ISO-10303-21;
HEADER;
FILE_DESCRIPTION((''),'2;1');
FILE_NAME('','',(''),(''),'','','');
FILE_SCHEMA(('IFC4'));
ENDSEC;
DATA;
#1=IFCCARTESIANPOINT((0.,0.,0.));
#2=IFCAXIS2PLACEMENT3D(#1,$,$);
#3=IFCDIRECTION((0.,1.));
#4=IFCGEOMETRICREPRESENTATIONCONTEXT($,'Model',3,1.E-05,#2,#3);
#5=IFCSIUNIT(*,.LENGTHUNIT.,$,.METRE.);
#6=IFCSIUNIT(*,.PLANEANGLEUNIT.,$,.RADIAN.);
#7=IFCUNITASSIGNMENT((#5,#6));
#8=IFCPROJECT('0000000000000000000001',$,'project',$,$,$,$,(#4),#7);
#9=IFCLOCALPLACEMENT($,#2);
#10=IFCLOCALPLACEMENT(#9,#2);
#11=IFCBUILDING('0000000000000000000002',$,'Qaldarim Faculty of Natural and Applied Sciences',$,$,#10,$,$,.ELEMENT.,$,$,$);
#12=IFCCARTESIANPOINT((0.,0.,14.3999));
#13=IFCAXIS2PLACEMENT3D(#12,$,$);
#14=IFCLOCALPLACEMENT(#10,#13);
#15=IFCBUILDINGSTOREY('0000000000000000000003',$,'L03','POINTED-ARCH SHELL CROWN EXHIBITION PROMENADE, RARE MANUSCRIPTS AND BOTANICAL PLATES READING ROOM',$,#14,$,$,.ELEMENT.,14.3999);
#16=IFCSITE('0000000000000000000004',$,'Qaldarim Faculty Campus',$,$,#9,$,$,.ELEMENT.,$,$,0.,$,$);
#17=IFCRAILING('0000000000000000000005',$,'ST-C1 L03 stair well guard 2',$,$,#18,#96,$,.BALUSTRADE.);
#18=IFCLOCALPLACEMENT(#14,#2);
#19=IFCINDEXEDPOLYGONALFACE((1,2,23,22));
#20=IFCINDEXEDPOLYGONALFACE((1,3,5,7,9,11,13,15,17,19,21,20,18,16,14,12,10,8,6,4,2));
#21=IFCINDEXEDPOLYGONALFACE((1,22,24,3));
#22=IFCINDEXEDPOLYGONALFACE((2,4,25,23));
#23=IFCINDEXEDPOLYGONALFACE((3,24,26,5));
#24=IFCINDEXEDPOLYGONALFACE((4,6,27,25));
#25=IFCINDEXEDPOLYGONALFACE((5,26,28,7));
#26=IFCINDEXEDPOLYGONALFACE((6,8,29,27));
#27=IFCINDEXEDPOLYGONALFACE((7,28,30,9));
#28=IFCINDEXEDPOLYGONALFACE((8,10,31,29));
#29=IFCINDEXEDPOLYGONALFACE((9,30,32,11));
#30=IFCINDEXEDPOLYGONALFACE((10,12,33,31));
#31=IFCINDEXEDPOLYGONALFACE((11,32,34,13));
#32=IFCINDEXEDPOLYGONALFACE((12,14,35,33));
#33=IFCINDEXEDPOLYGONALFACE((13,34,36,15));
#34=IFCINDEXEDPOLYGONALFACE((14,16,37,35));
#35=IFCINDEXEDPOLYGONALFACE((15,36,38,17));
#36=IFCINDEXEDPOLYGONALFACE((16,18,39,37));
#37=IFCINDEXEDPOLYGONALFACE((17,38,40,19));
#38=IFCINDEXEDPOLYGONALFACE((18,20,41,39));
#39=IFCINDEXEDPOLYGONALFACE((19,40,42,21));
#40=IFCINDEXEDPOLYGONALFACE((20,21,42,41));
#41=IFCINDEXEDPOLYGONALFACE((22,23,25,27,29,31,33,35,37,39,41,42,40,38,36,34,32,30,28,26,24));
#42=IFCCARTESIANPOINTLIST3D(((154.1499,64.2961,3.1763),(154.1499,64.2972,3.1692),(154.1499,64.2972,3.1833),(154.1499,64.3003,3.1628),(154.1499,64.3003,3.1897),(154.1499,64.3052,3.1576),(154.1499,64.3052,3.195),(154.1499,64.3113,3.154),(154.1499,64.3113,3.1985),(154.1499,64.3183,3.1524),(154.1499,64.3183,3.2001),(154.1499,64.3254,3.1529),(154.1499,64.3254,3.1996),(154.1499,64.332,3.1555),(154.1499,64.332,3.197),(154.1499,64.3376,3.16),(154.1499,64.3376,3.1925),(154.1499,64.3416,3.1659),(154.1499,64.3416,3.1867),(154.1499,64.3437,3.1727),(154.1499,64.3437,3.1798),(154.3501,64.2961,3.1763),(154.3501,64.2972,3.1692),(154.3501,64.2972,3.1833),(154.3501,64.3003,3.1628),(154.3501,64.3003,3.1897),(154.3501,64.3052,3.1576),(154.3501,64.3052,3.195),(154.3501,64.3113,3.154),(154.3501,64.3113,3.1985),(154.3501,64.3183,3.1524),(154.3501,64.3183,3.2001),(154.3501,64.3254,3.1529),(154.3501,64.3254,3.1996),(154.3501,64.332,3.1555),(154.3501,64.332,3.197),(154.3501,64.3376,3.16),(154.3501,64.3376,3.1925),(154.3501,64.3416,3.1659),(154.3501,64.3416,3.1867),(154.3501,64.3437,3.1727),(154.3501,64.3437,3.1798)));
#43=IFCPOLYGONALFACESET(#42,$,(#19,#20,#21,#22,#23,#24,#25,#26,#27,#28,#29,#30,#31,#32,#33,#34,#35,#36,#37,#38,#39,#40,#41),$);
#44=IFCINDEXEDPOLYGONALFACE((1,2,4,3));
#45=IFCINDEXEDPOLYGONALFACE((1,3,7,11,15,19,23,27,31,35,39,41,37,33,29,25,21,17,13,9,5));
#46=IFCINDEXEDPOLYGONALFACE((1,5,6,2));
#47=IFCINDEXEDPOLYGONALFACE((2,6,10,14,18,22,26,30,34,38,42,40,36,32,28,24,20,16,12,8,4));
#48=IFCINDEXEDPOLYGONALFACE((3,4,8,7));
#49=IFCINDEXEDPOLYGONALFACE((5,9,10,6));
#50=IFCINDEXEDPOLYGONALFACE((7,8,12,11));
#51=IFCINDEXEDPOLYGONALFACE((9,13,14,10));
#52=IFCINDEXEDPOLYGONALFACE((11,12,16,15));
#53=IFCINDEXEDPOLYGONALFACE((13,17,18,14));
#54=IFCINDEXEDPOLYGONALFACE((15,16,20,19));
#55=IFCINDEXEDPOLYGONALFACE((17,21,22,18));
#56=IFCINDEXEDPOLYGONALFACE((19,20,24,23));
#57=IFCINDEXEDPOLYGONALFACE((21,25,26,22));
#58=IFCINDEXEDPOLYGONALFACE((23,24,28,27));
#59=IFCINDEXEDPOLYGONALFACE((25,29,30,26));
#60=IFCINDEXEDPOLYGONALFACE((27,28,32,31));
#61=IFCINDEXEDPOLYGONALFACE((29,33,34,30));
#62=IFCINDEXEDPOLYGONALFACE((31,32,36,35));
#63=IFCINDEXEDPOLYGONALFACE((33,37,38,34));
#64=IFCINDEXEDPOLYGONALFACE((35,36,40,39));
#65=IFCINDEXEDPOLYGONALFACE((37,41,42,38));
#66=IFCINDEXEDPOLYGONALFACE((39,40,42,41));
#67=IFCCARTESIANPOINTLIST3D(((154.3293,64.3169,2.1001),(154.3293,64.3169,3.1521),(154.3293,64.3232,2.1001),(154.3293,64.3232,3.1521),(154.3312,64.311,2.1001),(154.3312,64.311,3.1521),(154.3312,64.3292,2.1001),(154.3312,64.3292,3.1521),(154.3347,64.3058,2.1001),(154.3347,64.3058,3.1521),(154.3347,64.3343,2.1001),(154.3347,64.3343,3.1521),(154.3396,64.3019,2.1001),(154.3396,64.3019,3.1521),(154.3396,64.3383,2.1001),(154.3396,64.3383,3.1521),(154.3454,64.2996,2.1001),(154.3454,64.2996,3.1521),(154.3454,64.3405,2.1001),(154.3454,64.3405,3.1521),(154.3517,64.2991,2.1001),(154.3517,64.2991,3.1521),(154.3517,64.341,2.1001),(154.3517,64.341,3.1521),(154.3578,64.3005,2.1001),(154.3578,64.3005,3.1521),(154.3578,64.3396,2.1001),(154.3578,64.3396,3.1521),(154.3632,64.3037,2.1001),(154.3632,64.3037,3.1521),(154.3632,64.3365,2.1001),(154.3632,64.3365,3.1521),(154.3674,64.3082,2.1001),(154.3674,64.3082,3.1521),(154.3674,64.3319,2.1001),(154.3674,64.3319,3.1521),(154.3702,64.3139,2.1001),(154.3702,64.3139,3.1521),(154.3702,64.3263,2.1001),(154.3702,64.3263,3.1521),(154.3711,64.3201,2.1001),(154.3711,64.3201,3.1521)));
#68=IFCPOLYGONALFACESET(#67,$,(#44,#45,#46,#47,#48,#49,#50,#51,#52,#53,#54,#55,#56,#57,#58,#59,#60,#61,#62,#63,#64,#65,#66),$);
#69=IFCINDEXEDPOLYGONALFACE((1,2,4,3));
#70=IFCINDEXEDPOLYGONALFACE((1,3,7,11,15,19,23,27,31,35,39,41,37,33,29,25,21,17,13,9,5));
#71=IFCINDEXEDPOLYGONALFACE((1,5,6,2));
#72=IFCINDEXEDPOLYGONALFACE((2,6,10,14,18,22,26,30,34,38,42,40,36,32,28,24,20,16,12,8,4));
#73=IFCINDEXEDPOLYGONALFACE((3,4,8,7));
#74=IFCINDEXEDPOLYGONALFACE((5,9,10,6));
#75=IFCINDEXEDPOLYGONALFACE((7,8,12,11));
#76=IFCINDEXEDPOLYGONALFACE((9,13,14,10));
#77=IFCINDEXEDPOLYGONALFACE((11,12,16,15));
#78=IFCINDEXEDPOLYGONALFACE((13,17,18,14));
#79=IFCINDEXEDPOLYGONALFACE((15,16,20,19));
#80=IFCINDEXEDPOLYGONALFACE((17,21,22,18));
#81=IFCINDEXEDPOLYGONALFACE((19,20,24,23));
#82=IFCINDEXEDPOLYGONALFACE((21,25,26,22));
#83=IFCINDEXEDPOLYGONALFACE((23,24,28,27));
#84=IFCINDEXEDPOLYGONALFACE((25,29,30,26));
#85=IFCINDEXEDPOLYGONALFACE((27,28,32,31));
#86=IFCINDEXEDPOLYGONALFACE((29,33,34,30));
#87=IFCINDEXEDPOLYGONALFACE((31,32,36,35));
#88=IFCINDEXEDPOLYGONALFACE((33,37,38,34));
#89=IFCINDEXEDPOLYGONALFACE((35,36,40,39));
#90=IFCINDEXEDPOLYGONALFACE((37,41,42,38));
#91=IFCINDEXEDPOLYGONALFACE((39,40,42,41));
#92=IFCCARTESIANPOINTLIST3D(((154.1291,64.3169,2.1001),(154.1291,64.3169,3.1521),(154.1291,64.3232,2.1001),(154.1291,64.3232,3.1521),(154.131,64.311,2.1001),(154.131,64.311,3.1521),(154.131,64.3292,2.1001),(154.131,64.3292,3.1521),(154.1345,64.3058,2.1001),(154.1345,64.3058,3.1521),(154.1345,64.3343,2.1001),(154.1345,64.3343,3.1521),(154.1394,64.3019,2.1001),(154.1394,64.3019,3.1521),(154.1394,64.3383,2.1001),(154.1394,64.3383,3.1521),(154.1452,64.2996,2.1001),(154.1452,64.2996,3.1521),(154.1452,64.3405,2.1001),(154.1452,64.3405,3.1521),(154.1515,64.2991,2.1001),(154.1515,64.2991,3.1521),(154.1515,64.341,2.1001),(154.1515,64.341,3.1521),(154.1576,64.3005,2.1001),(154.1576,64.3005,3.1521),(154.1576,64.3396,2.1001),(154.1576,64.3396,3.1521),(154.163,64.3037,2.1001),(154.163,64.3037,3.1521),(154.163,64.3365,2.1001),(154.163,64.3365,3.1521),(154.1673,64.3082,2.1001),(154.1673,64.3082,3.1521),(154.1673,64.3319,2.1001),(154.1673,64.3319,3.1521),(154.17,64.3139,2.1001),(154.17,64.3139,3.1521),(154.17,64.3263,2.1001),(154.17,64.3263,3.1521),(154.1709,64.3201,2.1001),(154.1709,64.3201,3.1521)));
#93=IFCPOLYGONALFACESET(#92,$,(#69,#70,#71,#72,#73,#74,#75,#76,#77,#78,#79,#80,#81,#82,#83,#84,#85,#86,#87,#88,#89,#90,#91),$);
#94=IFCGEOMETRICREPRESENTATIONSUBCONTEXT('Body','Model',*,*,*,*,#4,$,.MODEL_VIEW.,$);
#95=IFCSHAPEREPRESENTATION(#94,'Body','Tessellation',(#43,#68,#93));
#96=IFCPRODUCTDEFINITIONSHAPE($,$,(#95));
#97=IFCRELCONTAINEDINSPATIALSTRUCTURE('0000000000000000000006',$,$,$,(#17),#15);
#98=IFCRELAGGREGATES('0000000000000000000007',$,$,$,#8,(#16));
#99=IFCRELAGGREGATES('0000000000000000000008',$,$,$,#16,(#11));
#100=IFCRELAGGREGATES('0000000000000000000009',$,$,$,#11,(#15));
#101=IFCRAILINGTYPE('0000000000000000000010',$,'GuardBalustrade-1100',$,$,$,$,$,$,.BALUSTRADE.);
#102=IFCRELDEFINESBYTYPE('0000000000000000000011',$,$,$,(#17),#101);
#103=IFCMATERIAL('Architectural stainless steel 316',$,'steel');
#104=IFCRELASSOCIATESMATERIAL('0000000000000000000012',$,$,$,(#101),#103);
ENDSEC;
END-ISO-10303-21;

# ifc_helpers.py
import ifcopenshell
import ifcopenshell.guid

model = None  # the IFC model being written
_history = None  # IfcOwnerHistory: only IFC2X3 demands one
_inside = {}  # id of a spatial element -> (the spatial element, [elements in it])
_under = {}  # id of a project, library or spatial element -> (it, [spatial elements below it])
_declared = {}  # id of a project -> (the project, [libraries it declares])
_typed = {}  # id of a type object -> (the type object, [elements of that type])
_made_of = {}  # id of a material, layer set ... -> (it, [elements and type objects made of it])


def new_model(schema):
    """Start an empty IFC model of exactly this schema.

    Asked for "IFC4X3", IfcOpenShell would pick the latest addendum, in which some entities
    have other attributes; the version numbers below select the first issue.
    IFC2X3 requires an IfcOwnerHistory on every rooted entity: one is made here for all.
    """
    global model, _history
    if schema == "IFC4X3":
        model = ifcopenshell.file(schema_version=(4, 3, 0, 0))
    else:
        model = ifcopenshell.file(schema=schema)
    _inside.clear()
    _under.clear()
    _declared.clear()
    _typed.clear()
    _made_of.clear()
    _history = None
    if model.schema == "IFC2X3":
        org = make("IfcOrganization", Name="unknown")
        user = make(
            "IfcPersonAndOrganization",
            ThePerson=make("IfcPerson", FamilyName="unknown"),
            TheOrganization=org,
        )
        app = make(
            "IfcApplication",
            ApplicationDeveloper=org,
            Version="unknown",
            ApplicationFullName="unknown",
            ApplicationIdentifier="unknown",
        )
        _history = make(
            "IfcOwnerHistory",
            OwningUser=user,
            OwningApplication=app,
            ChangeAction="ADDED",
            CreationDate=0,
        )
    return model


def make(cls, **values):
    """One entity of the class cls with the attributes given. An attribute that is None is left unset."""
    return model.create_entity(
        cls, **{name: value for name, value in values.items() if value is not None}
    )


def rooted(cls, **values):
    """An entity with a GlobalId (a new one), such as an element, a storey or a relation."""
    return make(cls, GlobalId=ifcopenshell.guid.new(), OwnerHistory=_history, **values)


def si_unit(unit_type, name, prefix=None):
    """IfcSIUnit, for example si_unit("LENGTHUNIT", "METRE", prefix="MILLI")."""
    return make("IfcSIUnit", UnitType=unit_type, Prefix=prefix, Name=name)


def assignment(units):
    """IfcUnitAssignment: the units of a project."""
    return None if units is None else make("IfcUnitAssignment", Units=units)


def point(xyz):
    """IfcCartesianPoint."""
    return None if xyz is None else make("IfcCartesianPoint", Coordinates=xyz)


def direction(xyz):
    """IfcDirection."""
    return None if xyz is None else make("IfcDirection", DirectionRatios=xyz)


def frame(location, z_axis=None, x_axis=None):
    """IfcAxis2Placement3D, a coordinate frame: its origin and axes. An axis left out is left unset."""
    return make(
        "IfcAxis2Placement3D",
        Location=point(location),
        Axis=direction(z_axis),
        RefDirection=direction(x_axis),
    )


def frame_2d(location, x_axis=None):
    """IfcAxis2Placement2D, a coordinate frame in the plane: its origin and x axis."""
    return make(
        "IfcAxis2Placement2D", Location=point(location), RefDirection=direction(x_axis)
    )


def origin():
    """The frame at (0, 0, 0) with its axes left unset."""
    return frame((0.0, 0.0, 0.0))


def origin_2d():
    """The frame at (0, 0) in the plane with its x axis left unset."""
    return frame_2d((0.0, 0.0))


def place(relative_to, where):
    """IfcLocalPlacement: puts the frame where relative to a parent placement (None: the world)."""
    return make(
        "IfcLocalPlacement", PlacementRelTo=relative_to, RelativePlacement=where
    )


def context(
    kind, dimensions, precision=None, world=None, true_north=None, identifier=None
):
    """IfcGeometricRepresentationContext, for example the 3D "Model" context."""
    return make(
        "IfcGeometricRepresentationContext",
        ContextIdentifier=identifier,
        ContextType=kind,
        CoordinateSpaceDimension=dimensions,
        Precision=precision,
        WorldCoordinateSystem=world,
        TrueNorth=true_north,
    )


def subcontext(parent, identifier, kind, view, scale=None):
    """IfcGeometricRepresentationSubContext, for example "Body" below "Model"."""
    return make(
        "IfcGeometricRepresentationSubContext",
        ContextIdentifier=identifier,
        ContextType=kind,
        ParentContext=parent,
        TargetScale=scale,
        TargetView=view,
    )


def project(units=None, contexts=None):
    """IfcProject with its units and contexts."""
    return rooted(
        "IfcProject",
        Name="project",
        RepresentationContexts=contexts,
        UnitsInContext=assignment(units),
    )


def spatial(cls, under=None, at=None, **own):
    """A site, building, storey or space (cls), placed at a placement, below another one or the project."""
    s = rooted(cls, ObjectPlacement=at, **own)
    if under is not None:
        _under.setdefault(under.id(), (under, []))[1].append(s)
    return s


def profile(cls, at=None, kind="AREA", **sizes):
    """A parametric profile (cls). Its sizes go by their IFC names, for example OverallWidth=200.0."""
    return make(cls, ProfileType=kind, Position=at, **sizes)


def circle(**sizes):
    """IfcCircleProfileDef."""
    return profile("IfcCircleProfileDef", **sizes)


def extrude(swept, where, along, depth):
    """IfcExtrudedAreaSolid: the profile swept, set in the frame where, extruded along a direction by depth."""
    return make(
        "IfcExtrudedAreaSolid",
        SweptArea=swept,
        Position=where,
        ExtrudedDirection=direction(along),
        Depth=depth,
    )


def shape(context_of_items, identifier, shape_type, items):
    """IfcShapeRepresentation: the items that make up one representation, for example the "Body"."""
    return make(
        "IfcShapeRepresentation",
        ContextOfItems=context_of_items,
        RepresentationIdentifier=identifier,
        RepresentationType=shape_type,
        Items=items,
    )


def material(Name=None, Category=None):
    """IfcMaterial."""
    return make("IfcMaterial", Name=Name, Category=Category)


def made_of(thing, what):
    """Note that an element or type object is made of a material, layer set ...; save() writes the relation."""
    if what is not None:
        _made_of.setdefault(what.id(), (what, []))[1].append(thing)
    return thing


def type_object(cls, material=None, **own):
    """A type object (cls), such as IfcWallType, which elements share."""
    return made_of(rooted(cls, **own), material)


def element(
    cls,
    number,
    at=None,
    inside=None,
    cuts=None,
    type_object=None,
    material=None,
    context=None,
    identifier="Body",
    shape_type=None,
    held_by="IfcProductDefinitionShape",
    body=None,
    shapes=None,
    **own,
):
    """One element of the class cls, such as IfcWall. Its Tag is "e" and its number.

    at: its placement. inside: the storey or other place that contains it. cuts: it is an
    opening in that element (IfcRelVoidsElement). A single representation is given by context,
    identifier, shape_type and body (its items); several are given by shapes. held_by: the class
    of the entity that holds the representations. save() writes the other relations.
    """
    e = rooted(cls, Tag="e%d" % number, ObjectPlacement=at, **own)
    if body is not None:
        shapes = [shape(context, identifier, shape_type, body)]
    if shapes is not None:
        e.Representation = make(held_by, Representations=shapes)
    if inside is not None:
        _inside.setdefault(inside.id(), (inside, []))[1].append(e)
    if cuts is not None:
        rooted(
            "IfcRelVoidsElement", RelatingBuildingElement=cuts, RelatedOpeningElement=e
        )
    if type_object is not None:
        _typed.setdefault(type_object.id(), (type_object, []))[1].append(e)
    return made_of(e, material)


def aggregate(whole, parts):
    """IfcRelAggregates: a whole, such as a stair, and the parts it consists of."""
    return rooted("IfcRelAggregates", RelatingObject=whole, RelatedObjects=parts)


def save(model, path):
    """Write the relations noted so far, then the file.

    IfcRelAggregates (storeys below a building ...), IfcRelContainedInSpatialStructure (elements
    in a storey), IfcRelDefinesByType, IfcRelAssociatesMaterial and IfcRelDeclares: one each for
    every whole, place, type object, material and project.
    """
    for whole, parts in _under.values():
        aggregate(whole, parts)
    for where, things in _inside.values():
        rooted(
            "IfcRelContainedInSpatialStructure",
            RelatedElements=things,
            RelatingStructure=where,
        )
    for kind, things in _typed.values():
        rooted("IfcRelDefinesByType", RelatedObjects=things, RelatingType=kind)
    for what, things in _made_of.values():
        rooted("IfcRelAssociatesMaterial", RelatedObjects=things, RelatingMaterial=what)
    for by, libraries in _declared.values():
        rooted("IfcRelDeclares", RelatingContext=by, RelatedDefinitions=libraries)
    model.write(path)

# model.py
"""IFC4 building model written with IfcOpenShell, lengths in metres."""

from ifc_helpers import new_model, si_unit, direction, frame, origin, origin_2d, place, context, subcontext, project, spatial, circle, extrude, material, type_object, element, save


model = new_model("IFC4")

# Units and contexts
model_context = context("Model", 3, precision=1e-05, world=origin(), true_north=direction((0.0, 1.0)))
body_context = subcontext(model_context, "Body", "Model", "MODEL_VIEW")
ifc_project = project(units=[si_unit("LENGTHUNIT", "METRE"), si_unit("PLANEANGLEUNIT", "RADIAN")], contexts=[model_context])

# Site, building, storey
site_placement = place(None, origin())
site = spatial("IfcSite", under=ifc_project, at=site_placement, Name="Qaldarim Faculty Campus", CompositionType="ELEMENT", RefElevation=0.0)
building_placement = place(site_placement, origin())
building = spatial("IfcBuilding", under=site, at=building_placement, Name="Qaldarim Faculty of Natural and Applied Sciences", CompositionType="ELEMENT")
storey_placement = place(building_placement, frame((0.0, 0.0, 14.3999)))
storey = spatial("IfcBuildingStorey", under=building, at=storey_placement, Name="L03", Description="POINTED-ARCH SHELL CROWN EXHIBITION PROMENADE, RARE MANUSCRIPTS AND BOTANICAL PLATES READING ROOM", CompositionType="ELEMENT", Elevation=14.3999)

# Shared definitions
ifc_material_1 = material(Name="Architectural stainless steel 316", Category="steel")

# Railing
railing_type_1 = type_object("IfcRailingType", Name="GuardBalustrade-1100", PredefinedType="BALUSTRADE", material=ifc_material_1)
railing_1_placement = place(storey_placement, frame((154.3501, 64.3201, 2.1001)))
element("IfcRailing", 1, at=railing_1_placement, inside=storey, type_object=railing_type_1, Name="ST-C1 L03 stair well guard 2", PredefinedType="BALUSTRADE", context=body_context, shape_type="SweptSolid", body=[
    extrude(circle(Radius=0.0239, at=origin_2d()), frame((0.0, 0.0, 1.0762), z_axis=(-1.0, 0.0, 0.0), x_axis=(0.0, -1.0, 0.0)), (0.0, 0.0, 1.0), 0.2002),
    extrude(circle(Radius=0.021, at=origin_2d()), origin(), (0.0, 0.0, 1.0), 1.052),
    extrude(circle(Radius=0.021, at=origin_2d()), frame((-0.2002, 0.0, 0.0)), (0.0, 0.0, 1.0), 1.052),
])

save(model, "model.ifc")
